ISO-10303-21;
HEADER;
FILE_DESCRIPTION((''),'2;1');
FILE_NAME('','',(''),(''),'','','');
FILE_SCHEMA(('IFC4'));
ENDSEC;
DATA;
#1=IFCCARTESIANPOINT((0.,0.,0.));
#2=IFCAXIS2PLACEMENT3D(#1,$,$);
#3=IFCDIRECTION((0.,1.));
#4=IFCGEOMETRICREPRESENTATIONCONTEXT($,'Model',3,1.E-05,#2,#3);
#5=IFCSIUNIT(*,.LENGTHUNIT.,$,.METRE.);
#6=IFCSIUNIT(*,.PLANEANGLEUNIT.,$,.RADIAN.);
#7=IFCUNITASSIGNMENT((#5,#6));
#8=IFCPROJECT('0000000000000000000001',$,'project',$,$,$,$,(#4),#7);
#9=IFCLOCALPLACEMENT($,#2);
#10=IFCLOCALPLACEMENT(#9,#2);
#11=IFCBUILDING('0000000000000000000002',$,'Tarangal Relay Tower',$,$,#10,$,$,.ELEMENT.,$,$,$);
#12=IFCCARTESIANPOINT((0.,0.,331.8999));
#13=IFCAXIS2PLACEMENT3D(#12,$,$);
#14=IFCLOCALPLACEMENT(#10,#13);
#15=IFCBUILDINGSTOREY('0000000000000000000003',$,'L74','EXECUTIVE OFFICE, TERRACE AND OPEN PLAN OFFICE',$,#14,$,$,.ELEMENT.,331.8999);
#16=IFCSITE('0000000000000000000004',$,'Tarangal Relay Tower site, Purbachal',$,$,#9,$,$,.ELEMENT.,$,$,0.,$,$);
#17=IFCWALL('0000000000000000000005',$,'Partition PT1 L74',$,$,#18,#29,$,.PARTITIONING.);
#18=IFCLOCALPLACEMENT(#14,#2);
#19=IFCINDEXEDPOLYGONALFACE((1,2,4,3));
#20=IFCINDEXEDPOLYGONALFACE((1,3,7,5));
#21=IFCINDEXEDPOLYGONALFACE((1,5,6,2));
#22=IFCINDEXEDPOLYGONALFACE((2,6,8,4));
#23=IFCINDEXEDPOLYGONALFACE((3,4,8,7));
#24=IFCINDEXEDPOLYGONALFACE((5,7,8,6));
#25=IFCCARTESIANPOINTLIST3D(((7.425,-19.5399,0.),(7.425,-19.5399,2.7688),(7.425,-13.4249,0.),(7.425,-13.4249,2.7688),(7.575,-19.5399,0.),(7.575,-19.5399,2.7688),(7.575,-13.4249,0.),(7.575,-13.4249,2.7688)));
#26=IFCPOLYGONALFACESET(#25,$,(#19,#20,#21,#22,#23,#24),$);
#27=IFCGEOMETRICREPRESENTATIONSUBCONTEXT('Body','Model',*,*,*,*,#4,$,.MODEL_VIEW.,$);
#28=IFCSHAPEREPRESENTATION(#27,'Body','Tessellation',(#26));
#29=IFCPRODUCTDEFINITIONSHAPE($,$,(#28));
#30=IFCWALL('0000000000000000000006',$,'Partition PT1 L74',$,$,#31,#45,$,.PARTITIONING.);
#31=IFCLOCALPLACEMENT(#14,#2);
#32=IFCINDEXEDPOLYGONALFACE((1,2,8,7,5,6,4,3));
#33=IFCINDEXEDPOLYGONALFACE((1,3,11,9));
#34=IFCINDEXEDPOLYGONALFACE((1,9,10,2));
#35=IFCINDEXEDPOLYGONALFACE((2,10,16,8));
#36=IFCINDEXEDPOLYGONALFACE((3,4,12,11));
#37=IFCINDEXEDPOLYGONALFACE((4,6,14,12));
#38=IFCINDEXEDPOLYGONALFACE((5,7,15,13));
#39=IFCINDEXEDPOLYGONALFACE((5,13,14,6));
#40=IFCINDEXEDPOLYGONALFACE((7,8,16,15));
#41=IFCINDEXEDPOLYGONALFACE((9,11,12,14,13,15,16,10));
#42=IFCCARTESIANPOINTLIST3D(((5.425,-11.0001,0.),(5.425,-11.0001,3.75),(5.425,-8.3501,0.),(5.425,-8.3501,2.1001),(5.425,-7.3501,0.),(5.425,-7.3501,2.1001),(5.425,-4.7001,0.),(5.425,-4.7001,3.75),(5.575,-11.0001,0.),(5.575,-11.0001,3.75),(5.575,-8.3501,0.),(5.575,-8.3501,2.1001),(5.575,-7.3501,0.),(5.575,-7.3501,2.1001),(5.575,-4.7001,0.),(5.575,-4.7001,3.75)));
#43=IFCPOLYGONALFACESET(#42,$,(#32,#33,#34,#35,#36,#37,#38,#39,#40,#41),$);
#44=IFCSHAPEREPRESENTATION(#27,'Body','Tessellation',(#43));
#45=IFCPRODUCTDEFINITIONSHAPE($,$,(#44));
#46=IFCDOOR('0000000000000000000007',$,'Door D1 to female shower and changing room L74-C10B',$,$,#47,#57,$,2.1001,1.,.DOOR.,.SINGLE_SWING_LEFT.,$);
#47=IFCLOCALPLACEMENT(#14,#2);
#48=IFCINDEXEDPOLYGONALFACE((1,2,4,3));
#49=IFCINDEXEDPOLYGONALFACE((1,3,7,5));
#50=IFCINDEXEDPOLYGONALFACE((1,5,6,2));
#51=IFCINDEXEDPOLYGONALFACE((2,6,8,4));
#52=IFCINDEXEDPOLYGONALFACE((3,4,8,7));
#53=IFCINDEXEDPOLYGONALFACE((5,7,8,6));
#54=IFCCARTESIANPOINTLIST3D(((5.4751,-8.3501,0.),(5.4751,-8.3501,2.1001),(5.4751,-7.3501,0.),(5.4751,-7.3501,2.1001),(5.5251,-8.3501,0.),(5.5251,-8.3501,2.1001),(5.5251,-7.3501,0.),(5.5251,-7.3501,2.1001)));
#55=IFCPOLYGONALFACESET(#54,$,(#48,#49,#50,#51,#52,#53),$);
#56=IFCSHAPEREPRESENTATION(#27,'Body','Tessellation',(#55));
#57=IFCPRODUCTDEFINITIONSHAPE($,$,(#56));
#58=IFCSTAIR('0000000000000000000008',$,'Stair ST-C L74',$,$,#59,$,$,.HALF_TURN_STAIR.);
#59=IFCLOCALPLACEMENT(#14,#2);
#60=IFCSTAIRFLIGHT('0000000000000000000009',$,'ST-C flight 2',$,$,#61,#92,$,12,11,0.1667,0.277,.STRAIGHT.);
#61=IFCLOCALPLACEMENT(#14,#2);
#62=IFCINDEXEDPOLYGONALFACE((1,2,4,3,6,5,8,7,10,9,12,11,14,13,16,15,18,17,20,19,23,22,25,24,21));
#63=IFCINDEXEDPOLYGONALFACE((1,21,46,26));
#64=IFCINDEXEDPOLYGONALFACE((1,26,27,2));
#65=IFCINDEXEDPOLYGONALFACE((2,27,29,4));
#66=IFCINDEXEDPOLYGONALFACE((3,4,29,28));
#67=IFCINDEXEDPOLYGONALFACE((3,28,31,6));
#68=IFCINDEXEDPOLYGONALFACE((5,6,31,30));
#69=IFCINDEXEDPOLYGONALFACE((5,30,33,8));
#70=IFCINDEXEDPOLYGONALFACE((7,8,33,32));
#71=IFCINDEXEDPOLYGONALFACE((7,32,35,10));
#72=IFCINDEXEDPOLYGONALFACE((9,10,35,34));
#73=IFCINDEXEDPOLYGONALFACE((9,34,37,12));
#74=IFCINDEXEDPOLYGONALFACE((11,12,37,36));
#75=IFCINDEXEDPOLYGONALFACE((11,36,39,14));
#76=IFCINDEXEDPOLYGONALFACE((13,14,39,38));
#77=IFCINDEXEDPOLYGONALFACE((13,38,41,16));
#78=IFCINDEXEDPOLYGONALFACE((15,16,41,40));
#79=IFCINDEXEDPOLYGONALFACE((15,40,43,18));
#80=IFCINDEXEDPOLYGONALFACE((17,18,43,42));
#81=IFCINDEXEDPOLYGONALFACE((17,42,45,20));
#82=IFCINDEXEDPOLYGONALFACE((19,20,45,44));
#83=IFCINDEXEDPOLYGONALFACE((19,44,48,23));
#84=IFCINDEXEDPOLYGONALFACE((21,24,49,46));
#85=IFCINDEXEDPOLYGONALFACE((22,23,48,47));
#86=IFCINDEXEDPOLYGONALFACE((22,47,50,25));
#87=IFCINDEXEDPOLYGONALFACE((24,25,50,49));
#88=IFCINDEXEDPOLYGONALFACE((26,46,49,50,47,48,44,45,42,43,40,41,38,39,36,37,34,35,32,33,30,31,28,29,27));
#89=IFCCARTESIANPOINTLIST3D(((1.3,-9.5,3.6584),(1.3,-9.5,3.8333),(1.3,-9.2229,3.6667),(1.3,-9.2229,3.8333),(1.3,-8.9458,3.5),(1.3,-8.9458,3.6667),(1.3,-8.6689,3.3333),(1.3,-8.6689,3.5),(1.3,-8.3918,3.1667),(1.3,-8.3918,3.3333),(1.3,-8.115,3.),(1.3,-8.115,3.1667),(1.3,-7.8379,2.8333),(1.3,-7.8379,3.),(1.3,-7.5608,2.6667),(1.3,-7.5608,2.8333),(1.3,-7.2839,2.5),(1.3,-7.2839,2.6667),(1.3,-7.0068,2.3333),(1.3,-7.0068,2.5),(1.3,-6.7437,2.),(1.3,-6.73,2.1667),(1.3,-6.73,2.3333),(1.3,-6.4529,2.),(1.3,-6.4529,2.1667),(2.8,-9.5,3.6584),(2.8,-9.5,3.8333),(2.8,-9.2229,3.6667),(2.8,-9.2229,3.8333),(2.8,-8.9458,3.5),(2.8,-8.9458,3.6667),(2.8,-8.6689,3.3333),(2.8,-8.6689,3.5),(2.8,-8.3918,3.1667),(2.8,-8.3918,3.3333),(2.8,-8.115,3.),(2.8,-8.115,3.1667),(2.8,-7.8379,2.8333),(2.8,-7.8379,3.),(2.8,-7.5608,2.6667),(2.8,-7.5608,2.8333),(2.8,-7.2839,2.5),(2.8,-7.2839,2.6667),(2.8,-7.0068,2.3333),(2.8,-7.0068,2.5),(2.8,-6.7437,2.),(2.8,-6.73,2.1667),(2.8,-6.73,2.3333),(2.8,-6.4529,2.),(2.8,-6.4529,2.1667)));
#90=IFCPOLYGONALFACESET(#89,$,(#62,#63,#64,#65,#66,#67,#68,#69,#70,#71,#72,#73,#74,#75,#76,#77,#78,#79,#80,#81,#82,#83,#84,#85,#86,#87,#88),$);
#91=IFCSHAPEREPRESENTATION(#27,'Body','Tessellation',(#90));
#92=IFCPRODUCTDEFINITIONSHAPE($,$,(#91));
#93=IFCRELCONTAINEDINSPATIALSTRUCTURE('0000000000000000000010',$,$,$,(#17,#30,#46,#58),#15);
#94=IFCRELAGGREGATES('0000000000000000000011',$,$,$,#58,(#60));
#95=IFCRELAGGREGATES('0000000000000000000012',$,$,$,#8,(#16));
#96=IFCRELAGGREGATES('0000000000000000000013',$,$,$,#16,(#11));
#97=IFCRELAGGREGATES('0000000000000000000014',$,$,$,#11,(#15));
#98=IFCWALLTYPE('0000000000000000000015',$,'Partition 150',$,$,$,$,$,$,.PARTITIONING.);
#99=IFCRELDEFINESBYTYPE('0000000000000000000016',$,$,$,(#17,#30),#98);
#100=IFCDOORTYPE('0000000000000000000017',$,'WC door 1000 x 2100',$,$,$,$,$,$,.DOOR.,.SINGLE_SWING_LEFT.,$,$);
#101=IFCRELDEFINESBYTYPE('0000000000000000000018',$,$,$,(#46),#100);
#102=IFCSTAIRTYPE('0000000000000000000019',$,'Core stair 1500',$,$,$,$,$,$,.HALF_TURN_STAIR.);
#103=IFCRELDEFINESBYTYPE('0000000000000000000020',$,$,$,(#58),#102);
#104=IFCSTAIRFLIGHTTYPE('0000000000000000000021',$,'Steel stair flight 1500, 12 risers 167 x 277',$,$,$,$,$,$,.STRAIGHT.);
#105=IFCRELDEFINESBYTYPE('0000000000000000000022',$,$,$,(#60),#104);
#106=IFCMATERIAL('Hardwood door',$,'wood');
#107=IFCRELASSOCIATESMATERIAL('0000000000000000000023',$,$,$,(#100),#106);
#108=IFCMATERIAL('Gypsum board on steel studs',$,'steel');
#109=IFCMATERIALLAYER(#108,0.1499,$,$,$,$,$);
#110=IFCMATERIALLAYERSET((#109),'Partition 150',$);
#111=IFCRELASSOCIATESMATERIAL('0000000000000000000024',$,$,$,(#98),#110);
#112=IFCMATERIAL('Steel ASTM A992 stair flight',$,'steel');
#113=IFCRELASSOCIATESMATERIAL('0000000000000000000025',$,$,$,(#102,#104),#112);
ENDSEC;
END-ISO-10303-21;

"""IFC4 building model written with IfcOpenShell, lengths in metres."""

from ifc_helpers import new_model, si_unit, direction, frame, frame_2d, origin, place, context, subcontext, project, spatial, polyline, rectangle, outline, extrude, material, layer, layer_set, type_object, element, fill, aggregate, save


model = new_model("IFC4")

# Units and contexts
model_context = context("Model", 3, precision=1e-05, world=origin(), true_north=direction((0.0, 1.0)))
body_context = subcontext(model_context, "Body", "Model", "MODEL_VIEW")
ifc_project = project(units=[si_unit("LENGTHUNIT", "METRE"), si_unit("PLANEANGLEUNIT", "RADIAN")], contexts=[model_context])

# Site, building, storey
site_placement = place(None, origin())
site = spatial("IfcSite", under=ifc_project, at=site_placement, Name="Tarangal Relay Tower site, Purbachal", CompositionType="ELEMENT", RefElevation=0.0)
building_placement = place(site_placement, origin())
building = spatial("IfcBuilding", under=site, at=building_placement, Name="Tarangal Relay Tower", CompositionType="ELEMENT")
storey_placement = place(building_placement, frame((0.0, 0.0, 331.8999)))
storey = spatial("IfcBuildingStorey", under=building, at=storey_placement, Name="L74", Description="EXECUTIVE OFFICE, TERRACE AND OPEN PLAN OFFICE", CompositionType="ELEMENT", Elevation=331.8999)

# Shared definitions
ifc_material_1 = material(Name="Hardwood door", Category="wood")
door_type = type_object("IfcDoorType", Name="WC door 1000 x 2100", OperationType="SINGLE_SWING_LEFT", PredefinedType="DOOR", material=ifc_material_1)

# Wall
ifc_material_2 = material(Name="Gypsum board on steel studs", Category="steel")
ifc_layer_1 = layer(ifc_material_2, 0.1499)
ifc_layer_set_1 = layer_set([ifc_layer_1], Name="Partition 150")
wall_type_1 = type_object("IfcWallType", Name="Partition 150", PredefinedType="PARTITIONING", material=ifc_layer_set_1)
wall_1_placement = place(storey_placement, frame((7.5, -19.54, 0.0), z_axis=(0.0, 0.0, 1.0), x_axis=(0.0, 1.0, 0.0)))
element("IfcWall", 1, at=wall_1_placement, inside=storey, type_object=wall_type_1, Name="Partition PT1 L74", PredefinedType="PARTITIONING", context=body_context, shape_type="SweptSolid", body=[
    extrude(rectangle(XDim=6.115, YDim=0.1499, at=frame_2d((3.0576, 0.0))), origin(), (0.0, 0.0, 1.0), 2.7688),
])

# Wall, opening, door
wall_2_placement = place(storey_placement, frame((5.5, -11.0, 0.0), z_axis=(0.0, 0.0, 1.0), x_axis=(0.0, 1.0, 0.0)))
wall_2 = element("IfcWall", 2, at=wall_2_placement, inside=storey, type_object=wall_type_1, Name="Partition PT1 L74", PredefinedType="PARTITIONING", context=body_context, shape_type="SweptSolid", body=[
    extrude(rectangle(XDim=6.3, YDim=0.1499, at=frame_2d((3.1499, 0.0))), origin(), (0.0, 0.0, 1.0), 3.75),
])
opening_1_placement = place(wall_2_placement, frame((2.6499, 0.0, 0.0)))
opening_1 = element("IfcOpeningElement", 3, at=opening_1_placement, cuts=wall_2, PredefinedType="OPENING", context=body_context, shape_type="SweptSolid", body=[
    extrude(rectangle(XDim=1.0, YDim=2.1001, at=frame_2d((0.5, 1.05))), frame((0.0, 0.085, 0.0), z_axis=(0.0, -1.0, 0.0), x_axis=(1.0, 0.0, 0.0)), (0.0, 0.0, 1.0), 0.1699),
])
door_1_placement = place(opening_1_placement, origin())
door_1 = element("IfcDoor", 4, at=door_1_placement, inside=storey, type_object=door_type, Name="Door D1 to female shower and changing room L74-C10B", OperationType="SINGLE_SWING_LEFT", OverallHeight=2.1001, OverallWidth=1.0, PredefinedType="DOOR", context=body_context, shape_type="SweptSolid", body=[
    extrude(rectangle(XDim=1.0, YDim=2.1001, at=frame_2d((0.5, 1.05))), frame((0.0, 0.0249, 0.0), z_axis=(0.0, -1.0, 0.0), x_axis=(1.0, 0.0, 0.0)), (0.0, 0.0, 1.0), 0.05),
])
fill(opening_1, door_1)

# Stair, stair flight
ifc_material_3 = material(Name="Steel ASTM A992 stair flight", Category="steel")
stair_type = type_object("IfcStairType", Name="Core stair 1500", PredefinedType="HALF_TURN_STAIR", material=ifc_material_3)
stair_placement = place(storey_placement, origin())
stair = element("IfcStair", 5, at=stair_placement, inside=storey, type_object=stair_type, Name="Stair ST-C L74", PredefinedType="HALF_TURN_STAIR")
stair_flight_type = type_object("IfcStairFlightType", Name="Steel stair flight 1500, 12 risers 167 x 277", PredefinedType="STRAIGHT", material=ifc_material_3)
stair_flight_placement = place(storey_placement, frame((2.05, -6.4529, 2.0), z_axis=(0.0, 0.0, 1.0), x_axis=(0.0, -1.0, 0.0)))
stair_flight = element("IfcStairFlight", 6, at=stair_flight_placement, type_object=stair_flight_type, Name="ST-C flight 2", NumberOfRisers=12, NumberOfTreads=11, PredefinedType="STRAIGHT", RiserHeight=0.1667, TreadLength=0.277, context=body_context, shape_type="SweptSolid", body=[
    extrude(outline(polyline([(0.0, 0.0), (0.0, 0.1667), (0.2771, 0.1667), (0.2771, 0.3333), (0.554, 0.3333), (0.554, 0.5), (0.8311, 0.5), (0.8311, 0.6667), (1.1079, 0.6667), (1.1079, 0.8333), (1.385, 0.8333), (1.385, 1.0), (1.6621, 1.0), (1.6621, 1.1667), (1.939, 1.1667), (1.939, 1.3333), (2.2161, 1.3333), (2.2161, 1.5), (2.4929, 1.5), (2.4929, 1.6667), (2.77, 1.6667), (2.77, 1.8333), (3.0471, 1.8333), (3.0471, 2.0), (3.0471, 1.6584), (0.2908, 0.0), (0.0, 0.0)])), frame((0.0, 0.75, 0.0), z_axis=(0.0, -1.0, 0.0), x_axis=(1.0, 0.0, 0.0)), (0.0, 0.0, 1.0), 1.5),
])
aggregate(stair, [stair_flight])

save(model, "model.ifc")
